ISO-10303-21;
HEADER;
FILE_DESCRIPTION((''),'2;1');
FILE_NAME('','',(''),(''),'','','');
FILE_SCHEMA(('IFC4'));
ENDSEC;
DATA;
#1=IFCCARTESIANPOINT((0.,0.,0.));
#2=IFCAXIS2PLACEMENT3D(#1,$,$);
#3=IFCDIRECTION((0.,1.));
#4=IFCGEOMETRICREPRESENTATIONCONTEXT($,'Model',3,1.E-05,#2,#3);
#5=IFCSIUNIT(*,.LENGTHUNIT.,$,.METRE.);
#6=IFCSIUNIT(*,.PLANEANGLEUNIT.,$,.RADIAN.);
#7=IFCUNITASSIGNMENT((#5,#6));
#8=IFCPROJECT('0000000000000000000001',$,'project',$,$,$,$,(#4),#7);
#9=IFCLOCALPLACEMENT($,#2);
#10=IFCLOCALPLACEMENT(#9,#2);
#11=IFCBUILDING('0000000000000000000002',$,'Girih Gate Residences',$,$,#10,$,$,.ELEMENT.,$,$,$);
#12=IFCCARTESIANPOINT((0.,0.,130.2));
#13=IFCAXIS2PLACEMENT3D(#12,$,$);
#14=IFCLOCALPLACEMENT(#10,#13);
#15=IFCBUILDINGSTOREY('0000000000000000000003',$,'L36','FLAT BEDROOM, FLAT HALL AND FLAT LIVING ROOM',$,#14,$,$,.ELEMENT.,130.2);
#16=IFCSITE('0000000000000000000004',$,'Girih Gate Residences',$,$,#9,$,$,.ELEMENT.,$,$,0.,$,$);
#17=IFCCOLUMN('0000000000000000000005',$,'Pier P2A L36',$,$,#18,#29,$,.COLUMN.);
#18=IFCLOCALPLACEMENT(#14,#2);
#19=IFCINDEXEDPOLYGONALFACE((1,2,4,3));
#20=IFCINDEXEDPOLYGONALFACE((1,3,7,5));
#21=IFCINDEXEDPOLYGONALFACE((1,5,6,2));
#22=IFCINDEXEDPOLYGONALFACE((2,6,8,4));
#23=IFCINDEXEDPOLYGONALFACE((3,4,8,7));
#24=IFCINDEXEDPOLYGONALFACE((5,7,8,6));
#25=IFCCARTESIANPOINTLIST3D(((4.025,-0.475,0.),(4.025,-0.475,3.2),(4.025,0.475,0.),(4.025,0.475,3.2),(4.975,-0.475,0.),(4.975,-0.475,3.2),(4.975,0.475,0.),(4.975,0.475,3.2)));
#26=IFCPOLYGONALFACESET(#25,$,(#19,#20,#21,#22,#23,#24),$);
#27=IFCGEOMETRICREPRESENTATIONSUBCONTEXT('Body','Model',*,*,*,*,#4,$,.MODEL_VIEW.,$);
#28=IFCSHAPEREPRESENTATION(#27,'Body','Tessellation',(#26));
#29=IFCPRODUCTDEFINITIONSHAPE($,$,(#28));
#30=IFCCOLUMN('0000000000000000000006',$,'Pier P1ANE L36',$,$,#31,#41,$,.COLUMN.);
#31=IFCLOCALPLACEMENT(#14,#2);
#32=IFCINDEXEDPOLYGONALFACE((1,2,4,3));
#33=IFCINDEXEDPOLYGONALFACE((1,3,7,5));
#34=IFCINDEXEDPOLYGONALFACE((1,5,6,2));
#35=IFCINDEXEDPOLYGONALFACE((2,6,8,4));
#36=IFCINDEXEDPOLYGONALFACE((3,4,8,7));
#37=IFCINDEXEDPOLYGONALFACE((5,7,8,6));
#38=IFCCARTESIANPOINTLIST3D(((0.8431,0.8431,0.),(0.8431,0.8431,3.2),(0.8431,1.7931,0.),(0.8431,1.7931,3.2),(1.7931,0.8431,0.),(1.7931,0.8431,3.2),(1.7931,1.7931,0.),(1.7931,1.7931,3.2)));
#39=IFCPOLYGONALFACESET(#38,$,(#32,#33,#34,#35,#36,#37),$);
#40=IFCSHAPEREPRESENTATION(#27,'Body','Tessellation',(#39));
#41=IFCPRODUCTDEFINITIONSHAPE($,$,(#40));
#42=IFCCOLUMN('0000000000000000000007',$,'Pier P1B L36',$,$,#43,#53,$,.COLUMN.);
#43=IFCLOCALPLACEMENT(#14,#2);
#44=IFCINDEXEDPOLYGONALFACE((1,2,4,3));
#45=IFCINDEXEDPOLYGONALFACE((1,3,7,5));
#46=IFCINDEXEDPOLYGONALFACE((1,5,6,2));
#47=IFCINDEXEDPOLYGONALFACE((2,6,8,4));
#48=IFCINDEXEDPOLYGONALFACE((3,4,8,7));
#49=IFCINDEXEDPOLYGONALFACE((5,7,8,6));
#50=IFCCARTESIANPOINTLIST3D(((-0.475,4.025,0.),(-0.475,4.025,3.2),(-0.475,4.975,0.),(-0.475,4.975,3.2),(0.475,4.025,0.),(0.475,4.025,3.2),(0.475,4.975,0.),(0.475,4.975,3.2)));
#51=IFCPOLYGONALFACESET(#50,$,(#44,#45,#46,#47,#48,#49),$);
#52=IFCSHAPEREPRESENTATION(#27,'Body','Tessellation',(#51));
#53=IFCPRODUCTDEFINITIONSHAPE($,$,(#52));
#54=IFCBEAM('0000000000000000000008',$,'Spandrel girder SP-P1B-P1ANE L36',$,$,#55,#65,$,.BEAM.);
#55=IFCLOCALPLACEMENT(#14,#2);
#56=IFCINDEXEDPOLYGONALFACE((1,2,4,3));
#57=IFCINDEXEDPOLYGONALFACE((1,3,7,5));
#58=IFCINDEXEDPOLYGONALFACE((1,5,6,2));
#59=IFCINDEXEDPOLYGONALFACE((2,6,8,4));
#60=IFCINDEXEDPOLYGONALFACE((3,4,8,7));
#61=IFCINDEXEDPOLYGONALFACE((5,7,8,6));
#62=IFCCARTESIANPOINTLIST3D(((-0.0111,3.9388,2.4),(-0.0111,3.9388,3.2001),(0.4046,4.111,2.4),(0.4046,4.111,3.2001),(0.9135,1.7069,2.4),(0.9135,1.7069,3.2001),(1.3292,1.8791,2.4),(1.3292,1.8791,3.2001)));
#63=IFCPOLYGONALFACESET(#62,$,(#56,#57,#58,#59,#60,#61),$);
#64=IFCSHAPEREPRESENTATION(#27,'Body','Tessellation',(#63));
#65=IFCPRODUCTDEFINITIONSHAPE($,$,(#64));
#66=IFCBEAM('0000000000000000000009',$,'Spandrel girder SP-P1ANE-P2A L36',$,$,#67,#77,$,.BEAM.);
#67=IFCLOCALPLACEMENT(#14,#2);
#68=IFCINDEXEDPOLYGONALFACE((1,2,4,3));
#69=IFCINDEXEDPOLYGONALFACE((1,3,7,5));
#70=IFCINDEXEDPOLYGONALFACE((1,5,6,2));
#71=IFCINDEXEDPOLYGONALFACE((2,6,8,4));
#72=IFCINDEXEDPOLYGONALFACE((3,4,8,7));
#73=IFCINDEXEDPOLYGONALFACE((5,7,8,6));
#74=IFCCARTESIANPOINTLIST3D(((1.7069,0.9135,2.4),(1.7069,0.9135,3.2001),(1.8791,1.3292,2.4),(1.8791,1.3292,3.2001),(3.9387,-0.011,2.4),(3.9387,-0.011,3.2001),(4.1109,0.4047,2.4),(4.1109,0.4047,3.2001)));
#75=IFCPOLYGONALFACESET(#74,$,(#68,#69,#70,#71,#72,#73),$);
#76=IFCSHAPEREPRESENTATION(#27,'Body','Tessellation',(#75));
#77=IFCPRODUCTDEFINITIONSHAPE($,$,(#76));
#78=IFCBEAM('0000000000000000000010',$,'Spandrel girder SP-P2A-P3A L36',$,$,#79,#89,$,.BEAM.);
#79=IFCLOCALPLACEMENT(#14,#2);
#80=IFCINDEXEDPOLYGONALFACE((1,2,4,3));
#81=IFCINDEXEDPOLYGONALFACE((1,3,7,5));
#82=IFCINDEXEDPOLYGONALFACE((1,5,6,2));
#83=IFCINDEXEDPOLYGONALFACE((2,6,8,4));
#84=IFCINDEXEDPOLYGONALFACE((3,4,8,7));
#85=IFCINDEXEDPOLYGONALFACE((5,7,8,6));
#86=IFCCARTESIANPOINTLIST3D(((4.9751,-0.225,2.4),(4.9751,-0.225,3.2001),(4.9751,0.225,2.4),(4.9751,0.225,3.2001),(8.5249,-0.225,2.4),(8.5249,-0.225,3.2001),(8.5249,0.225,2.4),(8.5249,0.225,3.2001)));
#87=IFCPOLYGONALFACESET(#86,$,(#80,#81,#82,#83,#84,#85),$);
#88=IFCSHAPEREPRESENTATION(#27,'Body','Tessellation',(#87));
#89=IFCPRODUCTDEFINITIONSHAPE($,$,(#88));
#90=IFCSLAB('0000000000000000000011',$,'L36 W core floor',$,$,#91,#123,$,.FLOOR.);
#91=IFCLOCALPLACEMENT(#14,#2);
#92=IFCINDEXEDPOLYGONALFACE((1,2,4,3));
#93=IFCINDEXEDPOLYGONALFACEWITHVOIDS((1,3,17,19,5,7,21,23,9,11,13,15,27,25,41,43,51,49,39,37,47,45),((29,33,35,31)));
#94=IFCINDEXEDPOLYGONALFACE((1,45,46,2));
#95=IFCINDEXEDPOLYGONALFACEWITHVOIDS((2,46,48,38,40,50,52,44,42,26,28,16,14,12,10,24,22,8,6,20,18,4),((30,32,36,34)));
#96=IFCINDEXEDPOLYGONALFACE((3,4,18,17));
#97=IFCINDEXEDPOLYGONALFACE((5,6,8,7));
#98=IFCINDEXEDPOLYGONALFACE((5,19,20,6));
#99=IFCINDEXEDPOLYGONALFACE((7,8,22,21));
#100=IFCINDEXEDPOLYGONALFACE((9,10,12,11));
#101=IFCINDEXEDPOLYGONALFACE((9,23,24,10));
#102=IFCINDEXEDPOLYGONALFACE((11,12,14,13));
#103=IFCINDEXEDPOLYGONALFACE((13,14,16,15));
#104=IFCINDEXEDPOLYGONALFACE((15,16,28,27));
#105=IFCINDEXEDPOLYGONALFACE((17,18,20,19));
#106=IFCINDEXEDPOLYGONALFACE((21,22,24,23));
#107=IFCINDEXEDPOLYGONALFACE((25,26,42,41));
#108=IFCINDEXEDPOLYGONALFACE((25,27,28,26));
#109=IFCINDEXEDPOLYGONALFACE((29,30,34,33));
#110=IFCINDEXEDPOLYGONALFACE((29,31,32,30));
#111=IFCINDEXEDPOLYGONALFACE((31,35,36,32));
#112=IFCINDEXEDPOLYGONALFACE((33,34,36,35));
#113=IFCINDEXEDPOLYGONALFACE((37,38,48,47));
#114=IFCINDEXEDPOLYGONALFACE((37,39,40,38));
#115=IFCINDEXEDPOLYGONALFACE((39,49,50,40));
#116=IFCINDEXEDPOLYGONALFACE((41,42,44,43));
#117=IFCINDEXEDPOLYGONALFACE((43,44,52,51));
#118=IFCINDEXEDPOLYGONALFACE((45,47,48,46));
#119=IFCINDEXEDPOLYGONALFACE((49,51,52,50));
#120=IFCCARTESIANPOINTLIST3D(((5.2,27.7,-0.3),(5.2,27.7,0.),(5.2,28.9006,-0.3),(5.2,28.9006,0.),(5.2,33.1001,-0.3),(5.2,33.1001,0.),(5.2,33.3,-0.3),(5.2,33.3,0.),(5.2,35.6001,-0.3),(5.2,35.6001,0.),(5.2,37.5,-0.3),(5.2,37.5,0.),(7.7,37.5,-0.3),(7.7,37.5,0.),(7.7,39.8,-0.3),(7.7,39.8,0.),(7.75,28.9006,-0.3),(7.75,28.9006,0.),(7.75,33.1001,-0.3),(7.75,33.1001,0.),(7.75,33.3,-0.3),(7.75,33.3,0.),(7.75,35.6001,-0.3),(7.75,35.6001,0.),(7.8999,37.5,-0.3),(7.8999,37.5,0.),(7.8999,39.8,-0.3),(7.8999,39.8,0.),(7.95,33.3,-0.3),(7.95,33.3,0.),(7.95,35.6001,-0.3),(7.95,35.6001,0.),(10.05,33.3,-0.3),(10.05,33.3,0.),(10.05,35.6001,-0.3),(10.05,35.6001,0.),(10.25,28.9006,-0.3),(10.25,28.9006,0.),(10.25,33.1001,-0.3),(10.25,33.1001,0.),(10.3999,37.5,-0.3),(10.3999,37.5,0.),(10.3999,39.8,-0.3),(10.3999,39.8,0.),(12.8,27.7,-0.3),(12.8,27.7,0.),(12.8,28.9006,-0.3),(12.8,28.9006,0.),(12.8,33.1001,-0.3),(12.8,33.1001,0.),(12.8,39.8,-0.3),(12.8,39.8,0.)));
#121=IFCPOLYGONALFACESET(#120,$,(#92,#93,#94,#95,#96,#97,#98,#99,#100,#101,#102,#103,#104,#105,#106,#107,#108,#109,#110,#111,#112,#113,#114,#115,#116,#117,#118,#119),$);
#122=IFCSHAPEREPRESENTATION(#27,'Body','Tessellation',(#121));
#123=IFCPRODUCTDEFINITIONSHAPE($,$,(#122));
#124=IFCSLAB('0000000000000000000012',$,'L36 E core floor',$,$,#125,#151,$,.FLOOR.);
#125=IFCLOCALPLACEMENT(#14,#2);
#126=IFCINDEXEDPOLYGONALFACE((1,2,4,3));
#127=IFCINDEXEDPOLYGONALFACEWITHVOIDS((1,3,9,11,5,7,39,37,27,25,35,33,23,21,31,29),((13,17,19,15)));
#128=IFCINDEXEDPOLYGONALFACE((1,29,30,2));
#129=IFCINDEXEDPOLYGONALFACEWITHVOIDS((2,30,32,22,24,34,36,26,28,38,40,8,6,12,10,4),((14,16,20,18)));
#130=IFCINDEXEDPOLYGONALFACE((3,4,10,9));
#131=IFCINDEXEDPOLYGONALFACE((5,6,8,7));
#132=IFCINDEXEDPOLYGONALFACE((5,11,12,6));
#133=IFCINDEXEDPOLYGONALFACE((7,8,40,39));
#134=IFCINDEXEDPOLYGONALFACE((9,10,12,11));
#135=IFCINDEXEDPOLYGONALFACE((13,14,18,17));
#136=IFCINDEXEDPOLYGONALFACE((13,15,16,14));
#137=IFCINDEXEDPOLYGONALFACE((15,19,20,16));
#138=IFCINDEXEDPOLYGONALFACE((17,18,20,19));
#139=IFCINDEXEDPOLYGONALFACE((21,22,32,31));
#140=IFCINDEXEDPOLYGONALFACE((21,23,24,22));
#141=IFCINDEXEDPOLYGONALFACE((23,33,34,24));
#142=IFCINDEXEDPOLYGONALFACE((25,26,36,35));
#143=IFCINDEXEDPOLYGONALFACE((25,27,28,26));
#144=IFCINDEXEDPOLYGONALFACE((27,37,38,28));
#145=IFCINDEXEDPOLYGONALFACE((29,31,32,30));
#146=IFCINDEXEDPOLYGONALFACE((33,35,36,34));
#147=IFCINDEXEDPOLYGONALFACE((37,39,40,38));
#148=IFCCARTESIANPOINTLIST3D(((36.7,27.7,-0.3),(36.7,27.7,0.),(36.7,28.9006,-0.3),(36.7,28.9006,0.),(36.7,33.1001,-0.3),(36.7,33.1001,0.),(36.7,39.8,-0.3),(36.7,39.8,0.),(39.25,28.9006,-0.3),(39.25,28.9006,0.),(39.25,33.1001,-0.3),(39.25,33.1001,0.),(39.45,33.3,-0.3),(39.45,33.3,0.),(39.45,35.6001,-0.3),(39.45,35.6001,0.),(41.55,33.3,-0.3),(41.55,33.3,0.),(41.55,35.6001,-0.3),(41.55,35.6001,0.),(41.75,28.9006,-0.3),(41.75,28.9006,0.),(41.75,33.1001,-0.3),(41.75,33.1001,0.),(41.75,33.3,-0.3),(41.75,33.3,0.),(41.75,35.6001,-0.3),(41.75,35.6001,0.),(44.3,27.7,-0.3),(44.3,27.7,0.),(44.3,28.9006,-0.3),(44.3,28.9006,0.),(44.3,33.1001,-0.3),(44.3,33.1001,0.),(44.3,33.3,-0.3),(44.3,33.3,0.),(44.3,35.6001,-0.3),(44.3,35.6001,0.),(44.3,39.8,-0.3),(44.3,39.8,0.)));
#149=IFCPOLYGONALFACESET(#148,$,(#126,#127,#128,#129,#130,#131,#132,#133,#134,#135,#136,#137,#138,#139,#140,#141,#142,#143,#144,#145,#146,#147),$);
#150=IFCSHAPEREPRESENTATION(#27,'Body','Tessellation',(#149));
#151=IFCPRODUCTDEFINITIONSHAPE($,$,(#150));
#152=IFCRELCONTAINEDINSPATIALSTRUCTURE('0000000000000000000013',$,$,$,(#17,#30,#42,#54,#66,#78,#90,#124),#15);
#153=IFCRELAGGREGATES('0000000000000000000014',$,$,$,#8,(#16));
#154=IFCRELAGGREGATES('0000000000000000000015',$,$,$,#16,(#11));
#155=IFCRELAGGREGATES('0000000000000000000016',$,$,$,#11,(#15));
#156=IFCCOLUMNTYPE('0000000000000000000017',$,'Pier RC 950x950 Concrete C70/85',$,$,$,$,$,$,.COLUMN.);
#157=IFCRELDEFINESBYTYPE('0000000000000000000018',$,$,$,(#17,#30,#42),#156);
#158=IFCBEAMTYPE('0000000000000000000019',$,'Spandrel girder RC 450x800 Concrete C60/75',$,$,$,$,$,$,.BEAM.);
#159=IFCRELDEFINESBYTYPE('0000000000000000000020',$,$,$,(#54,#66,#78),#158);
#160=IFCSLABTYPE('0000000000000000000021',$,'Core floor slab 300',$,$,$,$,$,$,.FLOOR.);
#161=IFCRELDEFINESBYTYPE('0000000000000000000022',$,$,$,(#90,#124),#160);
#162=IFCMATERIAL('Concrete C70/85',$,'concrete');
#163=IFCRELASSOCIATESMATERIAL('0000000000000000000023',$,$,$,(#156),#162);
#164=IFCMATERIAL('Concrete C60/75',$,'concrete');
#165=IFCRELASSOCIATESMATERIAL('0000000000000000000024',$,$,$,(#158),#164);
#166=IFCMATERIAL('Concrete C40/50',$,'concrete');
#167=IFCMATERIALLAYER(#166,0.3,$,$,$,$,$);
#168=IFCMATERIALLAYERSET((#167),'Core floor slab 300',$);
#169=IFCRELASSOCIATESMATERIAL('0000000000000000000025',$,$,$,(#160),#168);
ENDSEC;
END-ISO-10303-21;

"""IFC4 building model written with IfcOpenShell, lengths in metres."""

from ifc_helpers import new_model, si_unit, direction, frame, origin, origin_2d, place, context, subcontext, project, spatial, polyline, rectangle, outline, extrude, material, layer, layer_set, material_profile, profile_set, type_object, element, save


model = new_model("IFC4")

# Units and contexts
model_context = context("Model", 3, precision=1e-05, world=origin(), true_north=direction((0.0, 1.0)))
body_context = subcontext(model_context, "Body", "Model", "MODEL_VIEW")
ifc_project = project(units=[si_unit("LENGTHUNIT", "METRE"), si_unit("PLANEANGLEUNIT", "RADIAN")], contexts=[model_context])

# Site, building, storey
site_placement = place(None, origin())
site = spatial("IfcSite", under=ifc_project, at=site_placement, Name="Girih Gate Residences", CompositionType="ELEMENT", RefElevation=0.0)
building_placement = place(site_placement, origin())
building = spatial("IfcBuilding", under=site, at=building_placement, Name="Girih Gate Residences", CompositionType="ELEMENT")
storey_placement = place(building_placement, frame((0.0, 0.0, 130.2)))
storey = spatial("IfcBuildingStorey", under=building, at=storey_placement, Name="L36", Description="FLAT BEDROOM, FLAT HALL AND FLAT LIVING ROOM", CompositionType="ELEMENT", Elevation=130.2)

# Columns
ifc_material_1 = material(Name="Concrete C70/85", Category="concrete")
ifc_material_profile_1 = material_profile(ifc_material_1, rectangle(XDim=0.95, YDim=0.95, at=origin_2d()))
ifc_profile_set_1 = profile_set([ifc_material_profile_1], Name="Concrete C70/85")
column_type = type_object("IfcColumnType", Name="Pier RC 950x950 Concrete C70/85", PredefinedType="COLUMN", material=ifc_profile_set_1)
for number, where, z_axis, x_axis, name in (
    (1, (4.5, 0.0, 0.0), (0.0, 0.0, 1.0), (1.0, 0.0, 0.0), "Pier P2A L36"),
    (2, (1.3181, 1.3181, 0.0), (0.0, 0.0, 1.0), (1.0, 0.0, 0.0), "Pier P1ANE L36"),
    (3, (0.0, 4.5, 0.0), (0.0, 0.0, 1.0), (1.0, 0.0, 0.0), "Pier P1B L36"),
):
    element("IfcColumn", number, at=place(storey_placement, frame(where, z_axis=z_axis, x_axis=x_axis)), inside=storey, type_object=column_type, Name=name, PredefinedType="COLUMN", context=body_context, shape_type="SweptSolid", body=[
        extrude(rectangle(XDim=0.95, YDim=0.95, at=origin_2d()), origin(), (0.0, 0.0, 1.0), 3.2),
    ])

# Beams
ifc_material_2 = material(Name="Concrete C60/75", Category="concrete")
ifc_material_profile_2 = material_profile(ifc_material_2, rectangle(XDim=0.45, YDim=0.8, at=origin_2d()))
ifc_profile_set_2 = profile_set([ifc_material_profile_2], Name="Concrete C60/75")
beam_type = type_object("IfcBeamType", Name="Spandrel girder RC 450x800 Concrete C60/75", PredefinedType="BEAM", material=ifc_profile_set_2)
for number, where, z_axis, x_axis, name in (
    (4, (0.1968, 4.0249, 2.8), (0.382706, -0.92387, 0.0), (0.92387, 0.382706, 0.0), "Spandrel girder SP-P1B-P1ANE L36"),
    (5, (1.793, 1.1213, 2.8), (0.92387, -0.382706, 0.0), (0.382706, 0.92387, 0.0), "Spandrel girder SP-P1ANE-P2A L36"),
):
    element("IfcBeam", number, at=place(storey_placement, frame(where, z_axis=z_axis, x_axis=x_axis)), inside=storey, type_object=beam_type, Name=name, PredefinedType="BEAM", context=body_context, shape_type="SweptSolid", body=[
        extrude(rectangle(XDim=0.45, YDim=0.8, at=origin_2d()), origin(), (0.0, 0.0, 1.0), 2.4158),
    ])
beam_placement = place(storey_placement, frame((4.9751, 0.0, 2.8), z_axis=(1.0, 0.0, 0.0), x_axis=(0.0, 1.0, 0.0)))
element("IfcBeam", 6, at=beam_placement, inside=storey, type_object=beam_type, Name="Spandrel girder SP-P2A-P3A L36", PredefinedType="BEAM", context=body_context, shape_type="SweptSolid", body=[
    extrude(rectangle(XDim=0.45, YDim=0.8, at=origin_2d()), origin(), (0.0, 0.0, 1.0), 3.5498),
])

# Slabs
ifc_material_3 = material(Name="Concrete C40/50", Category="concrete")
ifc_layer_1 = layer(ifc_material_3, 0.3)
ifc_layer_set_1 = layer_set([ifc_layer_1], Name="Core floor slab 300")
slab_type_1 = type_object("IfcSlabType", Name="Core floor slab 300", PredefinedType="FLOOR", material=ifc_layer_set_1)
slab_1_placement = place(storey_placement, frame((0.0, 0.0, -0.3)))
element("IfcSlab", 7, at=slab_1_placement, inside=storey, type_object=slab_type_1, Name="L36 W core floor", PredefinedType="FLOOR", context=body_context, shape_type="SweptSolid", body=[
    extrude(outline(polyline([(12.8, 27.7), (5.2, 27.7), (5.2, 28.9006), (7.75, 28.9006), (7.75, 33.1001), (5.2, 33.1001), (5.2, 33.3), (7.75, 33.3), (7.75, 35.6001), (5.2, 35.6001), (5.2, 37.5), (7.7, 37.5), (7.7, 39.8), (7.8999, 39.8), (7.8999, 37.5), (10.3999, 37.5), (10.3999, 39.8), (12.8, 39.8), (12.8, 33.1001), (10.25, 33.1001), (10.25, 28.9006), (12.8, 28.9006), (12.8, 27.7)]), holes=[polyline([(7.95, 33.3), (10.05, 33.3), (10.05, 35.6001), (7.95, 35.6001), (7.95, 33.3)])]), origin(), (0.0, 0.0, 1.0), 0.3),
])
slab_2_placement = place(storey_placement, frame((0.0, 0.0, -0.3)))
element("IfcSlab", 8, at=slab_2_placement, inside=storey, type_object=slab_type_1, Name="L36 E core floor", PredefinedType="FLOOR", context=body_context, shape_type="SweptSolid", body=[
    extrude(outline(polyline([(44.3, 27.7), (36.7, 27.7), (36.7, 28.9006), (39.25, 28.9006), (39.25, 33.1001), (36.7, 33.1001), (36.7, 39.8), (44.3, 39.8), (44.3, 35.6001), (41.75, 35.6001), (41.75, 33.3), (44.3, 33.3), (44.3, 33.1001), (41.75, 33.1001), (41.75, 28.9006), (44.3, 28.9006), (44.3, 27.7)]), holes=[polyline([(39.45, 33.3), (41.55, 33.3), (41.55, 35.6001), (39.45, 35.6001), (39.45, 33.3)])]), origin(), (0.0, 0.0, 1.0), 0.3),
])

save(model, "model.ifc")
